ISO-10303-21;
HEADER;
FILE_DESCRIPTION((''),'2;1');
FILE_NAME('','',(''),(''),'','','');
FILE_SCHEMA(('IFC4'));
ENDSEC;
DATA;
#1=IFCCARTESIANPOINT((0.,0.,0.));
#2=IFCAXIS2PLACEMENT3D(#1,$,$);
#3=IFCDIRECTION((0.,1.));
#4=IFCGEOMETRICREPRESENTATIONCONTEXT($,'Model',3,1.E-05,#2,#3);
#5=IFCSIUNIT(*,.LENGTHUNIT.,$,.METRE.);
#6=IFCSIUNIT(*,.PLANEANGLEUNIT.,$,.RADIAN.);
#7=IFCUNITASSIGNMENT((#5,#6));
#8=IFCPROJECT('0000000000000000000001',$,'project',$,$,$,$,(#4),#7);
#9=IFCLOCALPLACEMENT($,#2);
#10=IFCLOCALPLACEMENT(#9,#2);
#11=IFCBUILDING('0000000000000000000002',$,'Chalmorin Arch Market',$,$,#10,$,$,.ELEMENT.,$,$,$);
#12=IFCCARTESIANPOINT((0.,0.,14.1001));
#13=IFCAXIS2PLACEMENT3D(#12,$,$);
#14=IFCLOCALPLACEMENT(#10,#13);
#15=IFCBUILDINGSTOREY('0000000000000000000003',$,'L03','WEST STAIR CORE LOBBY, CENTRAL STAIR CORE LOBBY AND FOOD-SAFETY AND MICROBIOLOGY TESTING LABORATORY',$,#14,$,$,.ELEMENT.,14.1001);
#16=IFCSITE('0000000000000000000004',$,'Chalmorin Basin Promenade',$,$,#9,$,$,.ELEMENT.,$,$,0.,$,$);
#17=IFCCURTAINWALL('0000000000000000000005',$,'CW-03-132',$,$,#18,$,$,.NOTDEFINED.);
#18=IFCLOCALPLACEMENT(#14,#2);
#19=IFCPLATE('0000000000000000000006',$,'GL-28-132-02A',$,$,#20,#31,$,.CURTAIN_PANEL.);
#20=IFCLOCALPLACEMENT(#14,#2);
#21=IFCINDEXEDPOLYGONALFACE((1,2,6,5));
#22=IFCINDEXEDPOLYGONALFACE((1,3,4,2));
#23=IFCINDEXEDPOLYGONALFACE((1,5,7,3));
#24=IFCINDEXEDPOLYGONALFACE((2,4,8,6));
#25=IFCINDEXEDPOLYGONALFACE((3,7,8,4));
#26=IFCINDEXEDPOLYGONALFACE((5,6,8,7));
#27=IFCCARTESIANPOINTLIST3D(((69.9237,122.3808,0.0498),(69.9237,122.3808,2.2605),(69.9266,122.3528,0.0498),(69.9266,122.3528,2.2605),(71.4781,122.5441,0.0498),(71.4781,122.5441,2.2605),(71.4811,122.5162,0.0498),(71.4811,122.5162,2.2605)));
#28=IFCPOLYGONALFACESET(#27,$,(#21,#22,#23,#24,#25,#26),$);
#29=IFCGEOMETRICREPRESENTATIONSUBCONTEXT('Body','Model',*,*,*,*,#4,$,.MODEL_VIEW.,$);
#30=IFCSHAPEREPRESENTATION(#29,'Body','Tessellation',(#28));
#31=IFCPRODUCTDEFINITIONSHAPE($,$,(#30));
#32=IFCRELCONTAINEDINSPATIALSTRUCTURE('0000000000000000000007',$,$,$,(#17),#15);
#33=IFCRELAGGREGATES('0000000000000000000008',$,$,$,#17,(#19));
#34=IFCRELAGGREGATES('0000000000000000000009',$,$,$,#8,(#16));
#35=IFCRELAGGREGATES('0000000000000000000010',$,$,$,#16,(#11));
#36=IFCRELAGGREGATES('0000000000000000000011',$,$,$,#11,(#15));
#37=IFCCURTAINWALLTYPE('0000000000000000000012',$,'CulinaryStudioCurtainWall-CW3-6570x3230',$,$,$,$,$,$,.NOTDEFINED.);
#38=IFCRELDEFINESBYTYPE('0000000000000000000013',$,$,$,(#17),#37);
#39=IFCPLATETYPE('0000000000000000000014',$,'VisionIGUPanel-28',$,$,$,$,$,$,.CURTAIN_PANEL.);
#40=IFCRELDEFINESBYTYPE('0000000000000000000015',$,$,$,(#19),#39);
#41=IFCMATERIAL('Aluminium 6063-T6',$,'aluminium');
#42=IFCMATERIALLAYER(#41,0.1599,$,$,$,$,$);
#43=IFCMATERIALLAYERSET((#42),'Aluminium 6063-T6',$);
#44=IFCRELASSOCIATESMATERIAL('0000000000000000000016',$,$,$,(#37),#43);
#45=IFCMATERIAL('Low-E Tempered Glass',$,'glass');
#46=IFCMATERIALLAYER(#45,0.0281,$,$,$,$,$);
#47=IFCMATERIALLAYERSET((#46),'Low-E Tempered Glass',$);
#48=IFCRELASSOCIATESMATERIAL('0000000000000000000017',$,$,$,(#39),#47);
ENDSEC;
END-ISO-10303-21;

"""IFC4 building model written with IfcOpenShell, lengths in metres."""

from ifc_helpers import new_model, si_unit, direction, frame, origin, origin_2d, place, context, subcontext, project, spatial, rectangle, extrude, material, layer, layer_set, type_object, element, aggregate, save


model = new_model("IFC4")

# Units and contexts
model_context = context("Model", 3, precision=1e-05, world=origin(), true_north=direction((0.0, 1.0)))
body_context = subcontext(model_context, "Body", "Model", "MODEL_VIEW")
ifc_project = project(units=[si_unit("LENGTHUNIT", "METRE"), si_unit("PLANEANGLEUNIT", "RADIAN")], contexts=[model_context])

# Site, building, storey
site_placement = place(None, origin())
site = spatial("IfcSite", under=ifc_project, at=site_placement, Name="Chalmorin Basin Promenade", CompositionType="ELEMENT", RefElevation=0.0)
building_placement = place(site_placement, origin())
building = spatial("IfcBuilding", under=site, at=building_placement, Name="Chalmorin Arch Market", CompositionType="ELEMENT")
storey_placement = place(building_placement, frame((0.0, 0.0, 14.1001)))
storey = spatial("IfcBuildingStorey", under=building, at=storey_placement, Name="L03", Description="WEST STAIR CORE LOBBY, CENTRAL STAIR CORE LOBBY AND FOOD-SAFETY AND MICROBIOLOGY TESTING LABORATORY", CompositionType="ELEMENT", Elevation=14.1001)

# Curtain wall
ifc_material_1 = material(Name="Aluminium 6063-T6", Category="aluminium")
ifc_layer_1 = layer(ifc_material_1, 0.1599)
ifc_layer_set_1 = layer_set([ifc_layer_1], Name="Aluminium 6063-T6")
curtain_wall_type_1 = type_object("IfcCurtainWallType", Name="CulinaryStudioCurtainWall-CW3-6570x3230", PredefinedType="NOTDEFINED", material=ifc_layer_set_1)
curtain_wall_1_placement = place(storey_placement, origin())
curtain_wall_1 = element("IfcCurtainWall", 1, at=curtain_wall_1_placement, inside=storey, type_object=curtain_wall_type_1, Name="CW-03-132", PredefinedType="NOTDEFINED")

# Plate
ifc_material_2 = material(Name="Low-E Tempered Glass", Category="glass")
ifc_layer_2 = layer(ifc_material_2, 0.0281)
ifc_layer_set_2 = layer_set([ifc_layer_2], Name="Low-E Tempered Glass")
plate_type_1 = type_object("IfcPlateType", Name="VisionIGUPanel-28", PredefinedType="CURTAIN_PANEL", material=ifc_layer_set_2)
plate_1_placement = place(storey_placement, frame((70.7024, 122.4485, 0.0498), z_axis=(0.0, 0.0, 1.0), x_axis=(0.994522, 0.104528, 0.0)))
plate_1 = element("IfcPlate", 2, at=plate_1_placement, type_object=plate_type_1, Name="GL-28-132-02A", PredefinedType="CURTAIN_PANEL", context=body_context, shape_type="SweptSolid", body=[
    extrude(rectangle(XDim=1.563, YDim=0.0281, at=origin_2d()), origin(), (0.0, 0.0, 1.0), 2.2107),
])
aggregate(curtain_wall_1, [plate_1])

save(model, "model.ifc")
